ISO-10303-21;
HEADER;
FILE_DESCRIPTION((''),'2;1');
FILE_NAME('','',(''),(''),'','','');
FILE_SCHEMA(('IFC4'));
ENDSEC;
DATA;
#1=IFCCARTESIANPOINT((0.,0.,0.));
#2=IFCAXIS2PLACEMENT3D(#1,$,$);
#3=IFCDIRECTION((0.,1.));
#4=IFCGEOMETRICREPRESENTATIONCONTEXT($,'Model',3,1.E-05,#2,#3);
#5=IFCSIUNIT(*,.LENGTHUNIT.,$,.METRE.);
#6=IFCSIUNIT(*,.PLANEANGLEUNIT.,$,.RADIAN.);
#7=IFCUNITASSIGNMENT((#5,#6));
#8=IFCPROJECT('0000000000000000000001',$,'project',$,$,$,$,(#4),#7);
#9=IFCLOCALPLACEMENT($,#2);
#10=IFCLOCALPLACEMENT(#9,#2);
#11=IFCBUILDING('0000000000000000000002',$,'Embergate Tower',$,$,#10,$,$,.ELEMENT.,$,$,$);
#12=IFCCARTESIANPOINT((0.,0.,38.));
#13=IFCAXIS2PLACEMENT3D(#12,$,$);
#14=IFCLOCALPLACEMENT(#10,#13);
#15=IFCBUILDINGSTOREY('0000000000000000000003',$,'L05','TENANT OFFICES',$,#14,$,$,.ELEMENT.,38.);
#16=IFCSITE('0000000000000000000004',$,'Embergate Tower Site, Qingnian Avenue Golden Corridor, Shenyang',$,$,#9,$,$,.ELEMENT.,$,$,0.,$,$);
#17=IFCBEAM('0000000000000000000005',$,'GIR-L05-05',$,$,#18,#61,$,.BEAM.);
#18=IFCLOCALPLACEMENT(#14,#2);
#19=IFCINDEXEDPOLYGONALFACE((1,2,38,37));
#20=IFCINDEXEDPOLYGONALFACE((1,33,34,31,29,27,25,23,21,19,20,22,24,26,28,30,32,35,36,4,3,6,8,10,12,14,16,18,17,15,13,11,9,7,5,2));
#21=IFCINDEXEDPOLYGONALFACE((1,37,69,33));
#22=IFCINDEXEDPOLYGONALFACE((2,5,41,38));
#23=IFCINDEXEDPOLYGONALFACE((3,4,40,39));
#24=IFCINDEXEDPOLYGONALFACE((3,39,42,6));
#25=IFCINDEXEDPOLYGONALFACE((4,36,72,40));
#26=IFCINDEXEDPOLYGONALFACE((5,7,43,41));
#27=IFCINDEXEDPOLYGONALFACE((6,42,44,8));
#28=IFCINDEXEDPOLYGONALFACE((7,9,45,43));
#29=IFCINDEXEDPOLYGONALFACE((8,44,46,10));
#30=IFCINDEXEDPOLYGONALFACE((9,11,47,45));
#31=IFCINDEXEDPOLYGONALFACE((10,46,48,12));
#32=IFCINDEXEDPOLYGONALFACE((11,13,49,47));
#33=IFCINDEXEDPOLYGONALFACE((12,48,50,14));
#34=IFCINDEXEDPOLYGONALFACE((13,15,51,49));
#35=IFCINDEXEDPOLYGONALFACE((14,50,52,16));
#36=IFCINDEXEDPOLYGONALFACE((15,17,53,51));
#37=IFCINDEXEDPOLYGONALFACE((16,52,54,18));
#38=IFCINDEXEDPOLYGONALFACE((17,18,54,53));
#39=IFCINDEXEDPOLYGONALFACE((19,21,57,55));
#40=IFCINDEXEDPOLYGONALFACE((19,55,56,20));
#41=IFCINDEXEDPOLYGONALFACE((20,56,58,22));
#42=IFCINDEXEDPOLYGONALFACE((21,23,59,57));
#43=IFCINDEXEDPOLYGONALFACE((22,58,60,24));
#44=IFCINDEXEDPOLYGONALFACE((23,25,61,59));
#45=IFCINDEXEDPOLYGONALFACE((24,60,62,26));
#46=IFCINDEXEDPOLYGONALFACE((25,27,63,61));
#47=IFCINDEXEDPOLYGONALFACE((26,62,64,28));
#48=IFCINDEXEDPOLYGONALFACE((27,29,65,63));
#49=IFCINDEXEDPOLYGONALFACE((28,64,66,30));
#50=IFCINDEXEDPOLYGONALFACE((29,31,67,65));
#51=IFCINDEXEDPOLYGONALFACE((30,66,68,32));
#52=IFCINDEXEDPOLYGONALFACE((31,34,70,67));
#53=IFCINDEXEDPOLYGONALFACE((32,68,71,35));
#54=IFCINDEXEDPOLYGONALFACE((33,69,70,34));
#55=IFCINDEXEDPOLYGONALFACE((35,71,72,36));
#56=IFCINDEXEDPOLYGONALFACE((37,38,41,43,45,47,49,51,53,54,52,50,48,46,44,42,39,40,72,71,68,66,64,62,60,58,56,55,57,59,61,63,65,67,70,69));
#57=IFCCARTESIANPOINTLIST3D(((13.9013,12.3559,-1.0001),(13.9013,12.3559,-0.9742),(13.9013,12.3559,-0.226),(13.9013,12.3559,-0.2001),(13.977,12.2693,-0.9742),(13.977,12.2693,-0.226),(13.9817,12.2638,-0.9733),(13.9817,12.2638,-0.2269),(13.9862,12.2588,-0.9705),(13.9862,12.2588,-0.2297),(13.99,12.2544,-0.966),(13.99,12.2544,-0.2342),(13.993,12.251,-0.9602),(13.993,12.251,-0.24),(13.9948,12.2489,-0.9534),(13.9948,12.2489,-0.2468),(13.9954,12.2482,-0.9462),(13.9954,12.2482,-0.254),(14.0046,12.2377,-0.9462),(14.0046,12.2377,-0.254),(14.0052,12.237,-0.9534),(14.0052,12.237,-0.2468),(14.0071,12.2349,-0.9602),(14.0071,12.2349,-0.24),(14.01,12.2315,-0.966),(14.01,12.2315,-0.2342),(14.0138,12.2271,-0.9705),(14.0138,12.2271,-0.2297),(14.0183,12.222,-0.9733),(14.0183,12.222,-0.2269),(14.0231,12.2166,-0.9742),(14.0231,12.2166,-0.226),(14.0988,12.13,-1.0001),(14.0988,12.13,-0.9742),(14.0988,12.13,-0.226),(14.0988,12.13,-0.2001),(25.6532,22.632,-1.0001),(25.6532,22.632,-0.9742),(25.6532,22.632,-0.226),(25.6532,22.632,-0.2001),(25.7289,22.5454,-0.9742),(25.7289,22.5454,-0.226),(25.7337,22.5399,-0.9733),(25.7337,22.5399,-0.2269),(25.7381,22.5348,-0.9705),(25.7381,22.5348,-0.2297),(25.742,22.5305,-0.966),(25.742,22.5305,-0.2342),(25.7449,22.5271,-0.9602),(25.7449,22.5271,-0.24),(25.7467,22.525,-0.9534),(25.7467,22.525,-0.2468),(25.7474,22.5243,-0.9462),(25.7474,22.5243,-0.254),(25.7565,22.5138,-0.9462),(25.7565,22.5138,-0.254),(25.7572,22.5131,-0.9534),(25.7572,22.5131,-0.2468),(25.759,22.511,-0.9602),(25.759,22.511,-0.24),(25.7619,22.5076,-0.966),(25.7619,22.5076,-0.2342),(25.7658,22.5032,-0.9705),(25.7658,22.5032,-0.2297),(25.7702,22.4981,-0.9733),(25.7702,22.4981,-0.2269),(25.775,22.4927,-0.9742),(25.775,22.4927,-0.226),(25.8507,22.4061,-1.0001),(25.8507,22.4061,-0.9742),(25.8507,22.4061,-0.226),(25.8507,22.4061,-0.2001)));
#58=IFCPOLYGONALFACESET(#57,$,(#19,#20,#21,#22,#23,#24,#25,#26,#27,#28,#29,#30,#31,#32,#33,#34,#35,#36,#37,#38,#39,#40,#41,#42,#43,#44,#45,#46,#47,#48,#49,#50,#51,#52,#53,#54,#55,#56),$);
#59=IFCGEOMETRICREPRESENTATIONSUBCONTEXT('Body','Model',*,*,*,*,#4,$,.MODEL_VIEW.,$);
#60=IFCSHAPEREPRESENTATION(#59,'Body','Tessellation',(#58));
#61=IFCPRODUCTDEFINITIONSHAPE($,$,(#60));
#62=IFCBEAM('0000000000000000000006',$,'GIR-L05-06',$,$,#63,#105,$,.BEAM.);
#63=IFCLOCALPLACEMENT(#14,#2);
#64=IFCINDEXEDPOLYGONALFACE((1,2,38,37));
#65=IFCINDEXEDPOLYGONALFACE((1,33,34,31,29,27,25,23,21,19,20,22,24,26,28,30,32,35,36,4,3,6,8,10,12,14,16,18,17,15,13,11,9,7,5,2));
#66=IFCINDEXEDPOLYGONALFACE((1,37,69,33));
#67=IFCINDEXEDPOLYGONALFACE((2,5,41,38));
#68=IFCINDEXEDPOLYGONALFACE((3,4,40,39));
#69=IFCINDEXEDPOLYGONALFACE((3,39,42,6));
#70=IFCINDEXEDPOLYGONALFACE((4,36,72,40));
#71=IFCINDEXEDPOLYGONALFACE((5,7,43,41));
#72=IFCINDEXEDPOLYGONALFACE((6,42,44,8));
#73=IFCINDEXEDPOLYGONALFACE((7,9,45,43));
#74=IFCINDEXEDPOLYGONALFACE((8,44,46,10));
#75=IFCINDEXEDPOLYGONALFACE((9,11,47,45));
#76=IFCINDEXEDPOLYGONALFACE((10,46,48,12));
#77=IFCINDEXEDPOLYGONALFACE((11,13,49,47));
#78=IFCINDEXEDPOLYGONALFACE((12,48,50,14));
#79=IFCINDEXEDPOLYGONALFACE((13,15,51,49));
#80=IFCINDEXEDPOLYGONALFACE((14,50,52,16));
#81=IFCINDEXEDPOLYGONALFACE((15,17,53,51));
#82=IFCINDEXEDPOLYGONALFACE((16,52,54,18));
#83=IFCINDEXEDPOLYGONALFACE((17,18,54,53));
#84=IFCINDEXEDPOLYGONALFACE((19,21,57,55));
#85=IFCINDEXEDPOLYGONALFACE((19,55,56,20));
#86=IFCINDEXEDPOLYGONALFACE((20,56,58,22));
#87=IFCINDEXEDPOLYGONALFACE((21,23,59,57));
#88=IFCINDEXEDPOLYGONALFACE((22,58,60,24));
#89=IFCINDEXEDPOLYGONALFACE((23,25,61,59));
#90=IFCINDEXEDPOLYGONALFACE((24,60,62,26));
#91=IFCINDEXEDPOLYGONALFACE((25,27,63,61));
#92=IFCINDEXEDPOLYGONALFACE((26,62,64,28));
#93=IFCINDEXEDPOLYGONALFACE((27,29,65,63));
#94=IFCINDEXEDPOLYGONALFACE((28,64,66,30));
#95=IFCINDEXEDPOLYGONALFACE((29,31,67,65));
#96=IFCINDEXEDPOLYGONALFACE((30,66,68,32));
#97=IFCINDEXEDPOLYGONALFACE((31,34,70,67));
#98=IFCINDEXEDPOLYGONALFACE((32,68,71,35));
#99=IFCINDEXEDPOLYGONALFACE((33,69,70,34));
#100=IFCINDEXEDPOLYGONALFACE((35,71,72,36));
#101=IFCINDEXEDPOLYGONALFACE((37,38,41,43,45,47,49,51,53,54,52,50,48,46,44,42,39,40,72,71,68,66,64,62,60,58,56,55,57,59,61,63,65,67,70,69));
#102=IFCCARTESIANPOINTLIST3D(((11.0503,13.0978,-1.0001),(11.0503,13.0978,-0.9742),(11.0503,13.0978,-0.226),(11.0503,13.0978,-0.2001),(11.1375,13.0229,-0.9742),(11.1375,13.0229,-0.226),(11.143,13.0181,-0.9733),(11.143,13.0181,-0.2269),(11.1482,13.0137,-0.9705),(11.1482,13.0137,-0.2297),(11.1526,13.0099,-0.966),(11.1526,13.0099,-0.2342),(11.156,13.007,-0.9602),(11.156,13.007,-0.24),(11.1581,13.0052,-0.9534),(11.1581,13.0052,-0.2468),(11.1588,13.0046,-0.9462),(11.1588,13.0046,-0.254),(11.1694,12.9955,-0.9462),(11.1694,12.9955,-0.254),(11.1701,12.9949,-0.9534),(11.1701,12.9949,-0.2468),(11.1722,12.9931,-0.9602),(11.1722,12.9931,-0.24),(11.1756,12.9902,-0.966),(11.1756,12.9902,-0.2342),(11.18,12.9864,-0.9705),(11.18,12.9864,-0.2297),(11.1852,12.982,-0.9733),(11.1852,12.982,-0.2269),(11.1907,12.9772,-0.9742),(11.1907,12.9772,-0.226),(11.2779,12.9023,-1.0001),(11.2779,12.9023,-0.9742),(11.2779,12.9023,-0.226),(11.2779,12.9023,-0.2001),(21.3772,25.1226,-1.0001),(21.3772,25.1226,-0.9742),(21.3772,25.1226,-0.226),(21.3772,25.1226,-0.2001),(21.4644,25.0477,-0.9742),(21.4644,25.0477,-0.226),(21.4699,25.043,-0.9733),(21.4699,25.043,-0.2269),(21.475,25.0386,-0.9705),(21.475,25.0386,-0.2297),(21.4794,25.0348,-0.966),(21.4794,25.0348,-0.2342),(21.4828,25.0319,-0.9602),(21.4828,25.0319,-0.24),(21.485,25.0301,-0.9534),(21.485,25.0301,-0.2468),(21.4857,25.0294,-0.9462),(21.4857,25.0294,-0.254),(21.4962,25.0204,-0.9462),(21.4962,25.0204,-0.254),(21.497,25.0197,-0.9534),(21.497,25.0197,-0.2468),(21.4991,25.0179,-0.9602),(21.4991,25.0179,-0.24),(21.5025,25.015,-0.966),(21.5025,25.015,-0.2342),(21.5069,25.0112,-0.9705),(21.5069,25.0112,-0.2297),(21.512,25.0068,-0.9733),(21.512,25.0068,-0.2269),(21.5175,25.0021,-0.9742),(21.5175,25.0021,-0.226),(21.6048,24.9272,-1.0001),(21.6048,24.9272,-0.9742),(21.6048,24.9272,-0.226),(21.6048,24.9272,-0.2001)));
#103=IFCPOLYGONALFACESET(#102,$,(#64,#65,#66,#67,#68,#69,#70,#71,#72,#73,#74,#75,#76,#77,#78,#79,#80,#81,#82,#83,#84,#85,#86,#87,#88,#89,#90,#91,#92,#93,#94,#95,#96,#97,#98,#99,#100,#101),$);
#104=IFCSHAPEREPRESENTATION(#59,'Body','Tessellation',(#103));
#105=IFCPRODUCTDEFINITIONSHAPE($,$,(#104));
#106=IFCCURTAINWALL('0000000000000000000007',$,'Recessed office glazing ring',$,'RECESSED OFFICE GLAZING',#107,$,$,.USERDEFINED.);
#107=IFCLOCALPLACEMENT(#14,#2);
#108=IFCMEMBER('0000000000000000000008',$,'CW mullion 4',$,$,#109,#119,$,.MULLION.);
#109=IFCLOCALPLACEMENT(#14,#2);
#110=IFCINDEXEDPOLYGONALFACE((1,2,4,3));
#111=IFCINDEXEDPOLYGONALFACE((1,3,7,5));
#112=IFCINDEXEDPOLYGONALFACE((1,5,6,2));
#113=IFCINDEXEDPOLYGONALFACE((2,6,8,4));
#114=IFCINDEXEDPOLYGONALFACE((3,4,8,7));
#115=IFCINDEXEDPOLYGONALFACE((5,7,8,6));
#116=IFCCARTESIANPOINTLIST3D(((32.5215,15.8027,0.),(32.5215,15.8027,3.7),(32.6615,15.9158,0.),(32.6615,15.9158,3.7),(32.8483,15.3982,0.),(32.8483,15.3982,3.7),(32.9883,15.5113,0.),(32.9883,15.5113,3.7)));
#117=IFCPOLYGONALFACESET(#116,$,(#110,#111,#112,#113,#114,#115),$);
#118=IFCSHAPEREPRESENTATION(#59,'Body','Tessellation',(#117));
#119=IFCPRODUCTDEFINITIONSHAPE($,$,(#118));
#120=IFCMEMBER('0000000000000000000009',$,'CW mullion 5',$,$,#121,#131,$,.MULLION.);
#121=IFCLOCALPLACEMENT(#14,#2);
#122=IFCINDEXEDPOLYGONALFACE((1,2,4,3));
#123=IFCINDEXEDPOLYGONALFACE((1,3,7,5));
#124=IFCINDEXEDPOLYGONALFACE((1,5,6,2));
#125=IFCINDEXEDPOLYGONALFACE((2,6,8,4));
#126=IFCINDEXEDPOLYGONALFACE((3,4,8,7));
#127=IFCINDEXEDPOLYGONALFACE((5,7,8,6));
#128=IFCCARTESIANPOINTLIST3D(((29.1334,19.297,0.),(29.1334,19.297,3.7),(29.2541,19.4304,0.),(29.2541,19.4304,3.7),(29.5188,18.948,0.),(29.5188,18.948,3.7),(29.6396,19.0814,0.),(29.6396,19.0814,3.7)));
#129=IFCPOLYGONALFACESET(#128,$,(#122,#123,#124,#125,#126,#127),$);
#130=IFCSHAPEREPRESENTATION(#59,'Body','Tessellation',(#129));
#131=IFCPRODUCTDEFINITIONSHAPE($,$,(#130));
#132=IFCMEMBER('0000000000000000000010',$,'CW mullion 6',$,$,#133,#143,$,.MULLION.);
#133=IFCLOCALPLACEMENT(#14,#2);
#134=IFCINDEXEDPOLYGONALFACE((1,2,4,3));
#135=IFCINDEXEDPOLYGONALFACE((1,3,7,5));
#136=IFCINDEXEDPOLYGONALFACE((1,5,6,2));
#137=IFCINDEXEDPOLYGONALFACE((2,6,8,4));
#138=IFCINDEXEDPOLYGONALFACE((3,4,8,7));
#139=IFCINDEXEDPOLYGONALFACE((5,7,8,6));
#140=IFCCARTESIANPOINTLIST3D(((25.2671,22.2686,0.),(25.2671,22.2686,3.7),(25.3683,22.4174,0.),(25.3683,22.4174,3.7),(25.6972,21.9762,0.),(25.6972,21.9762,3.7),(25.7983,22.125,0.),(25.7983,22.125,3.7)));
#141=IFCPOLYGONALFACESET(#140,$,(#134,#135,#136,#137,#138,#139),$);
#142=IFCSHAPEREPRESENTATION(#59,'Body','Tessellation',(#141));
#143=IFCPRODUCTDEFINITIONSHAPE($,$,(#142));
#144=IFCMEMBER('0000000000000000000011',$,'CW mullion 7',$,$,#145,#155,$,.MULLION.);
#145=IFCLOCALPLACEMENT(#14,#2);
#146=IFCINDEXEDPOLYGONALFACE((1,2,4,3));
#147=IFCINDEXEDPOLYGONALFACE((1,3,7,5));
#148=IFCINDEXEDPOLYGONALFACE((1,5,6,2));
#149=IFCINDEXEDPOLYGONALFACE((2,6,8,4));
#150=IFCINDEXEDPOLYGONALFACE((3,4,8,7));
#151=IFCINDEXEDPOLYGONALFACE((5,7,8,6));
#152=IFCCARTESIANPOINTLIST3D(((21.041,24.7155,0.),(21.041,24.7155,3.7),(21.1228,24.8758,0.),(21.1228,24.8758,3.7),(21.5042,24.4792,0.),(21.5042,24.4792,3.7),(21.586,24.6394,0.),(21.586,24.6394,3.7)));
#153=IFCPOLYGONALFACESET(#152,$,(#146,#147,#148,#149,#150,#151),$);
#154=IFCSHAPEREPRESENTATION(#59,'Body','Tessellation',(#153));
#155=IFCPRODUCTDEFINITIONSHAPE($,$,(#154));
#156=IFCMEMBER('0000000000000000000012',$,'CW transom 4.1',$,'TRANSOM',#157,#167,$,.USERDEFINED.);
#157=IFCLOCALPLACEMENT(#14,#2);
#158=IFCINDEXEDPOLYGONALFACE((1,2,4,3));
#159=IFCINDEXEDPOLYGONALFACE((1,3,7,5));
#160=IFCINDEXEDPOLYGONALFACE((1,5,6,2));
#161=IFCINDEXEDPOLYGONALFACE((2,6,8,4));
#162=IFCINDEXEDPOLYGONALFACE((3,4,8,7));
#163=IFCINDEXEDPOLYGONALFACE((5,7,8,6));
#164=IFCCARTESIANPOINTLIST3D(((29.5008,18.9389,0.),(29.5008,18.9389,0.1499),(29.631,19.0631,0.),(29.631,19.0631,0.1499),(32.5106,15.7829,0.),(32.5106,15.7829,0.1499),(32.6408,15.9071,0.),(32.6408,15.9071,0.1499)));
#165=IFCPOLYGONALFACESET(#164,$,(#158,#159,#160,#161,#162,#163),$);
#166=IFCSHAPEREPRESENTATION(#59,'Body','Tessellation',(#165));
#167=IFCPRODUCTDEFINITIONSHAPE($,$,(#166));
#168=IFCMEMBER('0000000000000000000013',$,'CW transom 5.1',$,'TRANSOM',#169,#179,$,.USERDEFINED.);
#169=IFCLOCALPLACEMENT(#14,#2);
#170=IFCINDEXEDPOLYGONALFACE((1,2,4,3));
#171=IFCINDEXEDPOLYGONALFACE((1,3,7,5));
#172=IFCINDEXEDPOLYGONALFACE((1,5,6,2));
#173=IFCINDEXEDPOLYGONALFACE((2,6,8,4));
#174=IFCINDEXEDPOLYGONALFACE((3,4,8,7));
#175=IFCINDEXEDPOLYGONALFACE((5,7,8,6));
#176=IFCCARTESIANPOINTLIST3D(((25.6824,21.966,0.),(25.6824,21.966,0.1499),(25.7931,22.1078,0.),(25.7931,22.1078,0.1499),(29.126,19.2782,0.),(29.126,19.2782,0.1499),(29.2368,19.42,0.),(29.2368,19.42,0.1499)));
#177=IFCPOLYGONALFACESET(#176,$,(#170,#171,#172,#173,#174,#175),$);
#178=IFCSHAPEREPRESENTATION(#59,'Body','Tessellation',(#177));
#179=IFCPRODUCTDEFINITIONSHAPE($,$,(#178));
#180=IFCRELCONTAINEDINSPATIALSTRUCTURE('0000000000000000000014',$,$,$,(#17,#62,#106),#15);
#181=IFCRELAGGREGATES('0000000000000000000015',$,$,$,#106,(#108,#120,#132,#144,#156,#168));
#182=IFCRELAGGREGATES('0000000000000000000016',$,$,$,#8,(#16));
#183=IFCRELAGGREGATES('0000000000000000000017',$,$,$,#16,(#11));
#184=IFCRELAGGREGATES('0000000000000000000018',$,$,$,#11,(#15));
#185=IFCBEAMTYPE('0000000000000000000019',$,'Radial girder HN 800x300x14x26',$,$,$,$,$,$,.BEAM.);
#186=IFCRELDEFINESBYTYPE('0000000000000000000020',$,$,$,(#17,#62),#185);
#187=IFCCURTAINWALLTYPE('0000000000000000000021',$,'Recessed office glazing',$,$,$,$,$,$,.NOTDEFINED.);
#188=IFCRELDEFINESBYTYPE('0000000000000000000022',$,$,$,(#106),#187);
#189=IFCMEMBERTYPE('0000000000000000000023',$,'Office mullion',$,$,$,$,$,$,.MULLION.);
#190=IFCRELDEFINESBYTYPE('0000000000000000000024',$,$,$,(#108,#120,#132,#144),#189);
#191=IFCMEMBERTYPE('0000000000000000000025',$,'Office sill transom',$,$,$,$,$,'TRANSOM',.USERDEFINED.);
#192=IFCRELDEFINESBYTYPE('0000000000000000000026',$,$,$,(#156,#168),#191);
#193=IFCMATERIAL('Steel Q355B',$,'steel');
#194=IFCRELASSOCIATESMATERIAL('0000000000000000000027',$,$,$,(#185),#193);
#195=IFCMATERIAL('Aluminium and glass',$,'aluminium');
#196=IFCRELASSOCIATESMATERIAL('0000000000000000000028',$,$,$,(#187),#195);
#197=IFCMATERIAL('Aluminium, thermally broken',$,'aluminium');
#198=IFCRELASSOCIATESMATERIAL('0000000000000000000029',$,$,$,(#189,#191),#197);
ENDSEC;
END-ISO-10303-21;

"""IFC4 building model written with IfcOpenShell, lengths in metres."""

from ifc_helpers import new_model, si_unit, direction, frame, origin, origin_2d, place, context, subcontext, project, spatial, rectangle, i_section, extrude, source, transform, mapped, material, material_profile, profile_set, type_object, element, aggregate, save


model = new_model("IFC4")

# Units and contexts
model_context = context("Model", 3, precision=1e-05, world=origin(), true_north=direction((0.0, 1.0)))
body_context = subcontext(model_context, "Body", "Model", "MODEL_VIEW")
ifc_project = project(units=[si_unit("LENGTHUNIT", "METRE"), si_unit("PLANEANGLEUNIT", "RADIAN")], contexts=[model_context])

# Site, building, storey
site_placement = place(None, origin())
site = spatial("IfcSite", under=ifc_project, at=site_placement, Name="Embergate Tower Site, Qingnian Avenue Golden Corridor, Shenyang", CompositionType="ELEMENT", RefElevation=0.0)
building_placement = place(site_placement, origin())
building = spatial("IfcBuilding", under=site, at=building_placement, Name="Embergate Tower", CompositionType="ELEMENT")
storey_placement = place(building_placement, frame((0.0, 0.0, 38.0)))
storey = spatial("IfcBuildingStorey", under=building, at=storey_placement, Name="L05", Description="TENANT OFFICES", CompositionType="ELEMENT", Elevation=38.0)

# Beams
ifc_material_1 = material(Name="Steel Q355B", Category="steel")
ifc_material_profile_1 = material_profile(ifc_material_1, i_section(OverallWidth=0.3, OverallDepth=0.8, WebThickness=0.0139, FlangeThickness=0.0259, FilletRadius=0.0281, at=origin_2d()), Name="HN 800x300x14x26")
ifc_profile_set_1 = profile_set([ifc_material_profile_1], Name="Steel Q355 grade B")
beam_type_1 = type_object("IfcBeamType", Name="Radial girder HN 800x300x14x26", PredefinedType="BEAM", material=ifc_profile_set_1)
shared_shape_1 = source(origin(), body_context, "Body", "SweptSolid", [
    extrude(i_section(OverallWidth=0.3, OverallDepth=0.8, WebThickness=0.0139, FlangeThickness=0.0259, FilletRadius=0.0281, at=origin_2d()), origin(), (0.0, 0.0, 1.0), 15.6111),
])
beam_1_placement = place(storey_placement, frame((25.752, 22.519, -0.6001), z_axis=(-0.752794, -0.658257, 0.0), x_axis=(0.658257, -0.752794, 0.0)))
element("IfcBeam", 1, at=beam_1_placement, inside=storey, type_object=beam_type_1, Name="GIR-L05-05", PredefinedType="BEAM", context=body_context, shape_type="MappedRepresentation", body=[
    mapped(shared_shape_1, transform((0.0, 0.0, 0.0))),
])
shared_shape_2 = source(origin(), body_context, "Body", "SweptSolid", [
    extrude(i_section(OverallWidth=0.3, OverallDepth=0.8, WebThickness=0.0139, FlangeThickness=0.0259, FilletRadius=0.0281, at=origin_2d()), origin(), (0.0, 0.0, 1.0), 15.8506),
])
beam_2_placement = place(storey_placement, frame((21.491, 25.0249, -0.6001), z_axis=(-0.651513, -0.758638, 0.0), x_axis=(0.758638, -0.651513, 0.0)))
element("IfcBeam", 2, at=beam_2_placement, inside=storey, type_object=beam_type_1, Name="GIR-L05-06", PredefinedType="BEAM", context=body_context, shape_type="MappedRepresentation", body=[
    mapped(shared_shape_2, transform((0.0, 0.0, 0.0))),
])

# Curtain wall, members
ifc_material_2 = material(Name="Aluminium and glass", Category="aluminium")
curtain_wall_type = type_object("IfcCurtainWallType", Name="Recessed office glazing", PredefinedType="NOTDEFINED", material=ifc_material_2)
curtain_wall_placement = place(storey_placement, origin())
curtain_wall = element("IfcCurtainWall", 3, at=curtain_wall_placement, inside=storey, type_object=curtain_wall_type, Name="Recessed office glazing ring", ObjectType="RECESSED OFFICE GLAZING", PredefinedType="USERDEFINED")
ifc_material_3 = material(Name="Aluminium, thermally broken", Category="aluminium")
ifc_material_profile_2 = material_profile(ifc_material_3, rectangle(XDim=0.1799, YDim=0.52, at=origin_2d()), Name="AL 520x180")
ifc_profile_set_2 = profile_set([ifc_material_profile_2], Name="Aluminium, thermally broken")
member_type_1 = type_object("IfcMemberType", Name="Office mullion", PredefinedType="MULLION", material=ifc_profile_set_2)
shared_shape_3 = source(origin(), body_context, "Body", "SweptSolid", [
    extrude(rectangle(XDim=0.1799, YDim=0.52, at=origin_2d()), origin(), (0.0, 0.0, 1.0), 3.7),
])
member_1_placement = place(storey_placement, frame((32.7549, 15.657, 0.0), z_axis=(0.0, 0.0, 1.0), x_axis=(-0.777874, -0.628421, 0.0)))
member_1 = element("IfcMember", 4, at=member_1_placement, type_object=member_type_1, Name="CW mullion 4", PredefinedType="MULLION", context=body_context, shape_type="MappedRepresentation", body=[
    mapped(shared_shape_3, transform((0.0, 0.0, 0.0))),
])
member_2_placement = place(storey_placement, frame((29.3865, 19.1892, 0.0), z_axis=(0.0, 0.0, 1.0), x_axis=(-0.671227, -0.741252, 0.0)))
member_2 = element("IfcMember", 5, at=member_2_placement, type_object=member_type_1, Name="CW mullion 5", PredefinedType="MULLION", context=body_context, shape_type="MappedRepresentation", body=[
    mapped(shared_shape_3, transform((0.0, 0.0, 0.0))),
])
member_3_placement = place(storey_placement, frame((25.5327, 22.1968, 0.0), z_axis=(0.0, 0.0, 1.0), x_axis=(-0.562216, -0.82699, 0.0)))
member_3 = element("IfcMember", 6, at=member_3_placement, type_object=member_type_1, Name="CW mullion 6", PredefinedType="MULLION", context=body_context, shape_type="MappedRepresentation", body=[
    mapped(shared_shape_3, transform((0.0, 0.0, 0.0))),
])
member_4_placement = place(storey_placement, frame((21.3135, 24.6775, 0.0), z_axis=(0.0, 0.0, 1.0), x_axis=(-0.45451, -0.890742, 0.0)))
member_4 = element("IfcMember", 7, at=member_4_placement, type_object=member_type_1, Name="CW mullion 7", PredefinedType="MULLION", context=body_context, shape_type="MappedRepresentation", body=[
    mapped(shared_shape_3, transform((0.0, 0.0, 0.0))),
])
ifc_material_profile_3 = material_profile(ifc_material_3, rectangle(XDim=0.1799, YDim=0.1499, at=origin_2d()), Name="AL 150x180")
ifc_profile_set_3 = profile_set([ifc_material_profile_3], Name="Aluminium, thermally broken")
member_type_2 = type_object("IfcMemberType", Name="Office sill transom", ElementType="TRANSOM", PredefinedType="USERDEFINED", material=ifc_profile_set_3)
shared_shape_4 = source(origin(), body_context, "Body", "SweptSolid", [
    extrude(rectangle(XDim=0.1799, YDim=0.1499, at=origin_2d()), origin(), (0.0, 0.0, 1.0), 4.3611),
])
member_5_placement = place(storey_placement, frame((32.5757, 15.845, 0.075), z_axis=(-0.690141, 0.723674, 0.0), x_axis=(-0.723674, -0.690141, 0.0)))
member_5 = element("IfcMember", 8, at=member_5_placement, type_object=member_type_2, Name="CW transom 4.1", ObjectType="TRANSOM", PredefinedType="USERDEFINED", context=body_context, shape_type="MappedRepresentation", body=[
    mapped(shared_shape_4, transform((0.0, 0.0, 0.0))),
])
shared_shape_5 = source(origin(), body_context, "Body", "SweptSolid", [
    extrude(rectangle(XDim=0.1799, YDim=0.1499, at=origin_2d()), origin(), (0.0, 0.0, 1.0), 4.3684),
])
member_6_placement = place(storey_placement, frame((29.1814, 19.3491, 0.075), z_axis=(-0.78831, 0.615278, 0.0), x_axis=(-0.615278, -0.78831, 0.0)))
member_6 = element("IfcMember", 9, at=member_6_placement, type_object=member_type_2, Name="CW transom 5.1", ObjectType="TRANSOM", PredefinedType="USERDEFINED", context=body_context, shape_type="MappedRepresentation", body=[
    mapped(shared_shape_5, transform((0.0, 0.0, 0.0))),
])
aggregate(curtain_wall, [member_1, member_2, member_3, member_4, member_5, member_6])

save(model, "model.ifc")
